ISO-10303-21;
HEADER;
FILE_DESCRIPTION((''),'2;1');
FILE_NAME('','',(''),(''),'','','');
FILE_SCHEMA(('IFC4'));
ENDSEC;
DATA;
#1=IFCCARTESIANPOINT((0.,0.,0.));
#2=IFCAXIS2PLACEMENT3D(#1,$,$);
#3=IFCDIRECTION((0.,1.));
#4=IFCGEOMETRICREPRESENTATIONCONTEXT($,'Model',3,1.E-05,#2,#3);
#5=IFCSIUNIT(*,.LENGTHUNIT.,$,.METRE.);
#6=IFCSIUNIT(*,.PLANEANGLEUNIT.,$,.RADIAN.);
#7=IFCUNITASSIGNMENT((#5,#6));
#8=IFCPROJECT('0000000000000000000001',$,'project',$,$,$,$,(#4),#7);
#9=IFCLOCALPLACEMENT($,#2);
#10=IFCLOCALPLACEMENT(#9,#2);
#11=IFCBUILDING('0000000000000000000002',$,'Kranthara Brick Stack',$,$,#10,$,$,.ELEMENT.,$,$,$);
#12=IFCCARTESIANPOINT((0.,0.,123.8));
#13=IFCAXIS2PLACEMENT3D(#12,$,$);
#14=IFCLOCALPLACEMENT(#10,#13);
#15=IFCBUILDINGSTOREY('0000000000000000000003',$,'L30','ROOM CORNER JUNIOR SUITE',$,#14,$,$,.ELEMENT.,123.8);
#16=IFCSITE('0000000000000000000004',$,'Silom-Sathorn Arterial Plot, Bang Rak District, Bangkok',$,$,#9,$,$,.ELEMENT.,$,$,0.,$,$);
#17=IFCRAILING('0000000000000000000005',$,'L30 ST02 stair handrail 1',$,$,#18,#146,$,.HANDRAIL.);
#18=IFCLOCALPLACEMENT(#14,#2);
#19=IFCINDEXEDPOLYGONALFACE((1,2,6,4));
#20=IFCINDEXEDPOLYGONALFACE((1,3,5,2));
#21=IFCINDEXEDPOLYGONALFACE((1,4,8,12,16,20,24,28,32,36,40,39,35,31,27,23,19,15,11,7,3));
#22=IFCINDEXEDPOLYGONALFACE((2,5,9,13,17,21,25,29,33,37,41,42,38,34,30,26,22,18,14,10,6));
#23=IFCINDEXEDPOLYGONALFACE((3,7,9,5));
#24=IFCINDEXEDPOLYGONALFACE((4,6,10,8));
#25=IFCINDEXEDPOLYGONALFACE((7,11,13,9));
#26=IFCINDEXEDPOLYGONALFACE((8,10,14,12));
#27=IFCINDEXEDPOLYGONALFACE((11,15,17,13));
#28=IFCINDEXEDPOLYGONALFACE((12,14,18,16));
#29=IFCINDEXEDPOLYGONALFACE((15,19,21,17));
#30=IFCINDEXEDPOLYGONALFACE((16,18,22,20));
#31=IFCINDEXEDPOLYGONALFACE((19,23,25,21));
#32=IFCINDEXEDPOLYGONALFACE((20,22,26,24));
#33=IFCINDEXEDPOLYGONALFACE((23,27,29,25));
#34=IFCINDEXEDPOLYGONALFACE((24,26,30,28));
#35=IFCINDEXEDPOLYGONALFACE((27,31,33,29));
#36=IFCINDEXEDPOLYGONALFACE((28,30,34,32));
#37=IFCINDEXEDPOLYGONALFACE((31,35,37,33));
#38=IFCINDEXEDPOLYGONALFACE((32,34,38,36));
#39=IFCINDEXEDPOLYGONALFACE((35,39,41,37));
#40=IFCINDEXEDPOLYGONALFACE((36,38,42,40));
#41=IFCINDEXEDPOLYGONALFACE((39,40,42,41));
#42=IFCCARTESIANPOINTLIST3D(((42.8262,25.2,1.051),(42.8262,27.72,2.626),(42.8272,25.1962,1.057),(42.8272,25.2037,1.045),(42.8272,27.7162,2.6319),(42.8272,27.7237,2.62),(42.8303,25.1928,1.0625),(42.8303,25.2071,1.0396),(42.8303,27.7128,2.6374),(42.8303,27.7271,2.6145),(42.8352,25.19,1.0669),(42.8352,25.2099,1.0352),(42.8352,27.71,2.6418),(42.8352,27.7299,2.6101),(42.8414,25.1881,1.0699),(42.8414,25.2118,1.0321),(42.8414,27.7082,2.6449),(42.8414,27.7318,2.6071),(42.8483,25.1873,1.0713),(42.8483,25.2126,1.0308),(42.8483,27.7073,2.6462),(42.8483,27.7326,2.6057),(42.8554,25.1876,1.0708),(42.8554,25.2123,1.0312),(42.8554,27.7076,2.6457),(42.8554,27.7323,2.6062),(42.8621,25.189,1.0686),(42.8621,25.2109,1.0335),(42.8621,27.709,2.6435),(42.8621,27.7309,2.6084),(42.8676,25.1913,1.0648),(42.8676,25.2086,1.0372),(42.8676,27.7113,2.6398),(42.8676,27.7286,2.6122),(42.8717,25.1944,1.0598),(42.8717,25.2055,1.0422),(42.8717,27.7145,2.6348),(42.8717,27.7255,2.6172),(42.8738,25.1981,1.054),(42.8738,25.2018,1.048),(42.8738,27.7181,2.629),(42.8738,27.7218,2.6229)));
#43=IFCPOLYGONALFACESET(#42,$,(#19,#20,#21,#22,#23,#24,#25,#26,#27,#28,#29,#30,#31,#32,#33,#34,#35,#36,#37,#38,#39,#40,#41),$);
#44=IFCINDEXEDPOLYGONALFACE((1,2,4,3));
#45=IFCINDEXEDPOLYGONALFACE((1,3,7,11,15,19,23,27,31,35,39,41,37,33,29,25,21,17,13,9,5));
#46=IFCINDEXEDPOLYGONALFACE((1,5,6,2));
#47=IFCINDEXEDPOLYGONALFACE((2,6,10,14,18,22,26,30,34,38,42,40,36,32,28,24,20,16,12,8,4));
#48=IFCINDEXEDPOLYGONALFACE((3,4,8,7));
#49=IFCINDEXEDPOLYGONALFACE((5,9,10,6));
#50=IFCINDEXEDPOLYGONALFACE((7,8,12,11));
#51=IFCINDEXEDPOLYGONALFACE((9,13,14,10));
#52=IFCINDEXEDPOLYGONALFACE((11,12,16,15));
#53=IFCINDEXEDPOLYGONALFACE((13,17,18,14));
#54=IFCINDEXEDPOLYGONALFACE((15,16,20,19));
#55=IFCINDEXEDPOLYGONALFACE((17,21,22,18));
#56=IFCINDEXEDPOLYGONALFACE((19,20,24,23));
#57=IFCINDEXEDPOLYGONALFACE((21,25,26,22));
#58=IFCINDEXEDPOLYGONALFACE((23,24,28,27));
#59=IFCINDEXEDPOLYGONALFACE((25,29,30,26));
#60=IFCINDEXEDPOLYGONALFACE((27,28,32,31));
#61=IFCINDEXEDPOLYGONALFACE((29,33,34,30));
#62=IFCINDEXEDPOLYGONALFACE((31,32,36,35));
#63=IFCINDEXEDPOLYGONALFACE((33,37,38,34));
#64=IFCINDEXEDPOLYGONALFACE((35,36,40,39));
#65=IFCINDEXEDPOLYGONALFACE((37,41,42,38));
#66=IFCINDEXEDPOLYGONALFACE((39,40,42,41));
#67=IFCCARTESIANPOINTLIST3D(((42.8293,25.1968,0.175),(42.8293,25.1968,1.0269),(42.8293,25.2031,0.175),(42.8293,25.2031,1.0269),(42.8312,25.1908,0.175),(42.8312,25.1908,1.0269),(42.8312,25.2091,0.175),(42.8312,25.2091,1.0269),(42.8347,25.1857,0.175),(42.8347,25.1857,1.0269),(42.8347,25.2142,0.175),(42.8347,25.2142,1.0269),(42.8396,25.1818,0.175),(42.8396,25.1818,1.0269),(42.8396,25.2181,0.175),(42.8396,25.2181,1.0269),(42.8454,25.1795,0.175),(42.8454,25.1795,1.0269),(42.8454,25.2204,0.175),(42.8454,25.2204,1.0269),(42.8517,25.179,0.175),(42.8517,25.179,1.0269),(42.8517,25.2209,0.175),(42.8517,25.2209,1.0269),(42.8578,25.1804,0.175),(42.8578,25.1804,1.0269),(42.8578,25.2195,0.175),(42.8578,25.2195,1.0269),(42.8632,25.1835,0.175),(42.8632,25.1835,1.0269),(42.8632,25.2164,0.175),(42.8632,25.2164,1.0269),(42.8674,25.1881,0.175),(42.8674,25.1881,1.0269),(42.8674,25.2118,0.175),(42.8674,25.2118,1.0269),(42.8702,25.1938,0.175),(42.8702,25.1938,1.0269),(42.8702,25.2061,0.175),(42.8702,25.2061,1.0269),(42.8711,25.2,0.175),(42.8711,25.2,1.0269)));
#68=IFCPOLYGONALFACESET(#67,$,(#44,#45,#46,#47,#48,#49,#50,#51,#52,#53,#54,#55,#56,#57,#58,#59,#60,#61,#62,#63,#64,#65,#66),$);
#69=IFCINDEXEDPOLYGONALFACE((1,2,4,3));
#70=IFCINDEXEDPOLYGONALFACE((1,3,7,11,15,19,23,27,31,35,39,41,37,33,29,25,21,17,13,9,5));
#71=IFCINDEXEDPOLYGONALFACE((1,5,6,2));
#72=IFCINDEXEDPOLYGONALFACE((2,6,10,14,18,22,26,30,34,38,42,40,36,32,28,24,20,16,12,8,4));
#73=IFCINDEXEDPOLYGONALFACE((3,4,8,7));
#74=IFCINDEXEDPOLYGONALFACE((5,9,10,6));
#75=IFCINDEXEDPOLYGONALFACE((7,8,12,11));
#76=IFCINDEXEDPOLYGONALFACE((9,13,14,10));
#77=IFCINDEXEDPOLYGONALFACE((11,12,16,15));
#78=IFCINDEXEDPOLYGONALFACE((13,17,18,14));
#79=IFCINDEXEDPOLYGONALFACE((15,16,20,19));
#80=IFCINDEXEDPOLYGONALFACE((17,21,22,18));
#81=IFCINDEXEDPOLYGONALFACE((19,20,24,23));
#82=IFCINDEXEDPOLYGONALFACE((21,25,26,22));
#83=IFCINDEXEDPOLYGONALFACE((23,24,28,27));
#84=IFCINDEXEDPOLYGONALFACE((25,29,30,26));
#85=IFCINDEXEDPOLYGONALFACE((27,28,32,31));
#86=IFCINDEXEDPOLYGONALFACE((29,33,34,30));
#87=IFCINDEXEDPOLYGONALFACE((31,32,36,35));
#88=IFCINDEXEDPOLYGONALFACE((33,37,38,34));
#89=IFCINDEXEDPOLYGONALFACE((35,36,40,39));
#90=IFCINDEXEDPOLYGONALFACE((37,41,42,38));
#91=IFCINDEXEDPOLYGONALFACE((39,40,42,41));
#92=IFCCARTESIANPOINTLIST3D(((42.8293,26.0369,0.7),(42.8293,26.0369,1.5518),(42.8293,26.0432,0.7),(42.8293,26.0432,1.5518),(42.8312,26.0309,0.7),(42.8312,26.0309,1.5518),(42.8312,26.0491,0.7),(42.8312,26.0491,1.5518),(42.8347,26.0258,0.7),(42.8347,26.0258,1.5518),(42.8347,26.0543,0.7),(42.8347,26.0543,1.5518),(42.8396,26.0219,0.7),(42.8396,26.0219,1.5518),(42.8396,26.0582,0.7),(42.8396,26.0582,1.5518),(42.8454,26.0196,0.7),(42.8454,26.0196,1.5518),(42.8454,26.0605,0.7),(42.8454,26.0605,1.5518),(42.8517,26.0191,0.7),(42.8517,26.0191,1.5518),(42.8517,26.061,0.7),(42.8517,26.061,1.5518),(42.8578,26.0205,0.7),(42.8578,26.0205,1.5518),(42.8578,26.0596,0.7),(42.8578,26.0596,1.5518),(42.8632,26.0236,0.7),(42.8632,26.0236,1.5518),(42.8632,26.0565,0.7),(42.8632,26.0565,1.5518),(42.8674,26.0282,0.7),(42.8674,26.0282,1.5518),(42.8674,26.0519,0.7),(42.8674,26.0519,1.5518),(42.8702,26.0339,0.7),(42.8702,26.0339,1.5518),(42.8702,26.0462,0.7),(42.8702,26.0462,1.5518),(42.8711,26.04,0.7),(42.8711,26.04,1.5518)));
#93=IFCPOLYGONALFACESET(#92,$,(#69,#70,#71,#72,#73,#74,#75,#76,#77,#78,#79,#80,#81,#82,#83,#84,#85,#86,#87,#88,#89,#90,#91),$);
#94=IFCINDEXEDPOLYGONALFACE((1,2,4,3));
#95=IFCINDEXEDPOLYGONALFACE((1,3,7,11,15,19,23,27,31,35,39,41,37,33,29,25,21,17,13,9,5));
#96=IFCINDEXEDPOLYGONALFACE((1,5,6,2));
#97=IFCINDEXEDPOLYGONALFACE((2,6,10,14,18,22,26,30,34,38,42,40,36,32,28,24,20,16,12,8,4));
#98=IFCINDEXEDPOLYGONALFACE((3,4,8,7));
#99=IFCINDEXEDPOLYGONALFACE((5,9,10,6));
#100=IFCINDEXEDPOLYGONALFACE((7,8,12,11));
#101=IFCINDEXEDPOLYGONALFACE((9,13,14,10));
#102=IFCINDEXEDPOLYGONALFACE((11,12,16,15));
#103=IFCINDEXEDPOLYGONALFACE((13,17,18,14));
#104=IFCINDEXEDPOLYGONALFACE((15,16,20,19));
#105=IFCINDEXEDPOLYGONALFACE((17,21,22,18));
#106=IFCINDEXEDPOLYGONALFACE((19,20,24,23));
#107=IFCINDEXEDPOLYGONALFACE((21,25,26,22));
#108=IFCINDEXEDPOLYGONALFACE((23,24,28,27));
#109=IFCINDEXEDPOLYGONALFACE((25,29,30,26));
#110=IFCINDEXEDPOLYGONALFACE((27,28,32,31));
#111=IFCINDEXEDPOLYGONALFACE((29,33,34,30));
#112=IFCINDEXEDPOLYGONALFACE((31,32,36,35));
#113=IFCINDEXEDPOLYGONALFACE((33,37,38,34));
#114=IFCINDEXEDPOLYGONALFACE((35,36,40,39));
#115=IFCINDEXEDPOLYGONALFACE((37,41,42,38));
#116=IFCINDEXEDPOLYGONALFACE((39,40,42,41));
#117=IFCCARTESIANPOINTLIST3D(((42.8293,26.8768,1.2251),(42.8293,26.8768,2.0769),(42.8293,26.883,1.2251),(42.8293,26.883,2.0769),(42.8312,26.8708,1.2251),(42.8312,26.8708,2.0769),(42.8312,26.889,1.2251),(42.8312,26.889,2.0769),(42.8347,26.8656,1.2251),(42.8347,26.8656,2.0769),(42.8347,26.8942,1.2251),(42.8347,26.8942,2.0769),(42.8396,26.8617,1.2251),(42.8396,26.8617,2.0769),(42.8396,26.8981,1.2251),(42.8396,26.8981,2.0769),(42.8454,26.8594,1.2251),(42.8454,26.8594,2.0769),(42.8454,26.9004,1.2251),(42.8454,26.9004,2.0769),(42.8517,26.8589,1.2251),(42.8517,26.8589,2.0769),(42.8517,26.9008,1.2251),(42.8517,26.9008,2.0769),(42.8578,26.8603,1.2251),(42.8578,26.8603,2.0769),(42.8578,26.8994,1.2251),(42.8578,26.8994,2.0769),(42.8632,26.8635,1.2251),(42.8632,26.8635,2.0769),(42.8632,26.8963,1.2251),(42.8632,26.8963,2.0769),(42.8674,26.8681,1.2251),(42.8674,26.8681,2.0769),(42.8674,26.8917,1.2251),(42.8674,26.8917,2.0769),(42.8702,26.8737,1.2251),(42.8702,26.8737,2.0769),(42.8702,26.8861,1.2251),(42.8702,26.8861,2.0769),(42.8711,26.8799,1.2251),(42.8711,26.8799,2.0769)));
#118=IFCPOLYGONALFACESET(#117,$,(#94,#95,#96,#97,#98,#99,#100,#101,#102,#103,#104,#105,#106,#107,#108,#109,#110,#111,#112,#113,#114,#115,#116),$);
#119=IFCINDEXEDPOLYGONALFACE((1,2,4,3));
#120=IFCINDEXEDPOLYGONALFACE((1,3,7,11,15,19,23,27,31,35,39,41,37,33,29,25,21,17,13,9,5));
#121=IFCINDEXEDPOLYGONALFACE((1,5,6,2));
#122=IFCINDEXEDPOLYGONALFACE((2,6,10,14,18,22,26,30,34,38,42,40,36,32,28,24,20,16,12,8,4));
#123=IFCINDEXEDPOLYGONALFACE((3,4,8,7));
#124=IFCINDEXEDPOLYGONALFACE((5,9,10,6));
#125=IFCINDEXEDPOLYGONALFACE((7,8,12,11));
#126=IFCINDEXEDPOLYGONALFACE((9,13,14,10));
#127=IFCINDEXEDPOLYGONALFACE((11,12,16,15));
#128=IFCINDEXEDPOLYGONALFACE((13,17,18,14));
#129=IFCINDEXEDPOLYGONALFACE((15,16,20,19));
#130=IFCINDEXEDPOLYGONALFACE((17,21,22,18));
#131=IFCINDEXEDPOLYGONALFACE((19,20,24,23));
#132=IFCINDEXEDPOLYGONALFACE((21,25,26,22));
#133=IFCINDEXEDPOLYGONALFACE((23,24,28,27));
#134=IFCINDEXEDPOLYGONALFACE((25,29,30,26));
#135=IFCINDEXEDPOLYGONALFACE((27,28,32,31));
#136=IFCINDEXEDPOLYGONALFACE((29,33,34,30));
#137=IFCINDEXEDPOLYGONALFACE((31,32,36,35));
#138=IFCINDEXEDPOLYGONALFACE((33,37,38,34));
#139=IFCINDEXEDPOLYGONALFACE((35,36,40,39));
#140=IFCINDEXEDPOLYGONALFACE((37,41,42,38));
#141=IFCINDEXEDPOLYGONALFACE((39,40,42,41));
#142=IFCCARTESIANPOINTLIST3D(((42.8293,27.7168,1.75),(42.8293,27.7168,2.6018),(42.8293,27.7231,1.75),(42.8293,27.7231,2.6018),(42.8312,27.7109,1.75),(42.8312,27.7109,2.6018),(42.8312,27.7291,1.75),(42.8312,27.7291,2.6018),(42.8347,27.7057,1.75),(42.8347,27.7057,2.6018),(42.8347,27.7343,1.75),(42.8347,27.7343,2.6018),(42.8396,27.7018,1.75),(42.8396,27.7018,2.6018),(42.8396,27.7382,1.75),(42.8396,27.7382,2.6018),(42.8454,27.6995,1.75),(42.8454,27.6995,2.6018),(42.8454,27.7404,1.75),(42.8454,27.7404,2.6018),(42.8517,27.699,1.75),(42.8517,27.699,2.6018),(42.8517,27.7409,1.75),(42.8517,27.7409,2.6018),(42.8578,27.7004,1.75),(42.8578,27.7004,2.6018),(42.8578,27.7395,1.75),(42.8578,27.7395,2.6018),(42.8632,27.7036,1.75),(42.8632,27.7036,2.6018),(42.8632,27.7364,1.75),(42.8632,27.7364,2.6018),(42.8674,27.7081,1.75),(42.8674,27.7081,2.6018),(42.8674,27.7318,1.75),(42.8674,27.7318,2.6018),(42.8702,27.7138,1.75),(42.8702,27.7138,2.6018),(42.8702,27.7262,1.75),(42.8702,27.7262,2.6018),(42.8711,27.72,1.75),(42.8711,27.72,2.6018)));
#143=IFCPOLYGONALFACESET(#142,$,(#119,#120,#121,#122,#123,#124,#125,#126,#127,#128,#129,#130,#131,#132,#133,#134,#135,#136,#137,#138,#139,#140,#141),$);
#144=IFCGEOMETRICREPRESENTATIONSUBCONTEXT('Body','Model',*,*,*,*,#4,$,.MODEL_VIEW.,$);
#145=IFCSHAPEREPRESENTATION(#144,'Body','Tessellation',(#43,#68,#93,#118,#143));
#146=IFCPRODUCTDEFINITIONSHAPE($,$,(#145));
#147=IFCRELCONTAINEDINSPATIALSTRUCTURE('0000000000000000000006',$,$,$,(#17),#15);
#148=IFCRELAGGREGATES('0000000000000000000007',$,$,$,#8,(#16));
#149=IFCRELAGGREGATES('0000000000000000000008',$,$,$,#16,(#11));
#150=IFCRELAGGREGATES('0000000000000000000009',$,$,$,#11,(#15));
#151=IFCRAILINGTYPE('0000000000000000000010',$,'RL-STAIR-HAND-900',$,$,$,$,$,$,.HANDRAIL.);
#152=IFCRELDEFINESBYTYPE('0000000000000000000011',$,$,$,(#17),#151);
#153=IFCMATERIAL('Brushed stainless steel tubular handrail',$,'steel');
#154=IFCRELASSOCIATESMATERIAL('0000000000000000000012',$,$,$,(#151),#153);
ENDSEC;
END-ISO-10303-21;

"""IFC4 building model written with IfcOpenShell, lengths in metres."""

from ifc_helpers import new_model, si_unit, direction, frame, origin, origin_2d, place, context, subcontext, project, spatial, circle, extrude, material, type_object, element, save


model = new_model("IFC4")

# Units and contexts
model_context = context("Model", 3, precision=1e-05, world=origin(), true_north=direction((0.0, 1.0)))
body_context = subcontext(model_context, "Body", "Model", "MODEL_VIEW")
ifc_project = project(units=[si_unit("LENGTHUNIT", "METRE"), si_unit("PLANEANGLEUNIT", "RADIAN")], contexts=[model_context])

# Site, building, storey
site_placement = place(None, origin())
site = spatial("IfcSite", under=ifc_project, at=site_placement, Name="Silom-Sathorn Arterial Plot, Bang Rak District, Bangkok", CompositionType="ELEMENT", RefElevation=0.0)
building_placement = place(site_placement, origin())
building = spatial("IfcBuilding", under=site, at=building_placement, Name="Kranthara Brick Stack", CompositionType="ELEMENT")
storey_placement = place(building_placement, frame((0.0, 0.0, 123.8)))
storey = spatial("IfcBuildingStorey", under=building, at=storey_placement, Name="L30", Description="ROOM CORNER JUNIOR SUITE", CompositionType="ELEMENT", Elevation=123.8)

# Railing
ifc_material_1 = material(Name="Brushed stainless steel tubular handrail", Category="steel")
railing_type_1 = type_object("IfcRailingType", Name="RL-STAIR-HAND-900", PredefinedType="HANDRAIL", material=ifc_material_1)
railing_1_placement = place(storey_placement, frame((42.8501, 25.2, 0.175)))
element("IfcRailing", 1, at=railing_1_placement, inside=storey, type_object=railing_type_1, Name="L30 ST02 stair handrail 1", PredefinedType="HANDRAIL", context=body_context, shape_type="SweptSolid", body=[
    extrude(circle(Radius=0.0239, at=origin_2d()), frame((0.0, 0.0, 0.876), z_axis=(0.0, 0.848008, 0.529984), x_axis=(-1.0, 0.0, 0.0)), (0.0, 0.0, 1.0), 2.9717),
    extrude(circle(Radius=0.021, at=origin_2d()), origin(), (0.0, 0.0, 1.0), 0.8518),
    extrude(circle(Radius=0.021, at=origin_2d()), frame((0.0, 0.8401, 0.5249)), (0.0, 0.0, 1.0), 0.8518),
    extrude(circle(Radius=0.021, at=origin_2d()), frame((0.0, 1.6799, 1.05)), (0.0, 0.0, 1.0), 0.8518),
    extrude(circle(Radius=0.021, at=origin_2d()), frame((0.0, 2.52, 1.575)), (0.0, 0.0, 1.0), 0.8518),
])

save(model, "model.ifc")
